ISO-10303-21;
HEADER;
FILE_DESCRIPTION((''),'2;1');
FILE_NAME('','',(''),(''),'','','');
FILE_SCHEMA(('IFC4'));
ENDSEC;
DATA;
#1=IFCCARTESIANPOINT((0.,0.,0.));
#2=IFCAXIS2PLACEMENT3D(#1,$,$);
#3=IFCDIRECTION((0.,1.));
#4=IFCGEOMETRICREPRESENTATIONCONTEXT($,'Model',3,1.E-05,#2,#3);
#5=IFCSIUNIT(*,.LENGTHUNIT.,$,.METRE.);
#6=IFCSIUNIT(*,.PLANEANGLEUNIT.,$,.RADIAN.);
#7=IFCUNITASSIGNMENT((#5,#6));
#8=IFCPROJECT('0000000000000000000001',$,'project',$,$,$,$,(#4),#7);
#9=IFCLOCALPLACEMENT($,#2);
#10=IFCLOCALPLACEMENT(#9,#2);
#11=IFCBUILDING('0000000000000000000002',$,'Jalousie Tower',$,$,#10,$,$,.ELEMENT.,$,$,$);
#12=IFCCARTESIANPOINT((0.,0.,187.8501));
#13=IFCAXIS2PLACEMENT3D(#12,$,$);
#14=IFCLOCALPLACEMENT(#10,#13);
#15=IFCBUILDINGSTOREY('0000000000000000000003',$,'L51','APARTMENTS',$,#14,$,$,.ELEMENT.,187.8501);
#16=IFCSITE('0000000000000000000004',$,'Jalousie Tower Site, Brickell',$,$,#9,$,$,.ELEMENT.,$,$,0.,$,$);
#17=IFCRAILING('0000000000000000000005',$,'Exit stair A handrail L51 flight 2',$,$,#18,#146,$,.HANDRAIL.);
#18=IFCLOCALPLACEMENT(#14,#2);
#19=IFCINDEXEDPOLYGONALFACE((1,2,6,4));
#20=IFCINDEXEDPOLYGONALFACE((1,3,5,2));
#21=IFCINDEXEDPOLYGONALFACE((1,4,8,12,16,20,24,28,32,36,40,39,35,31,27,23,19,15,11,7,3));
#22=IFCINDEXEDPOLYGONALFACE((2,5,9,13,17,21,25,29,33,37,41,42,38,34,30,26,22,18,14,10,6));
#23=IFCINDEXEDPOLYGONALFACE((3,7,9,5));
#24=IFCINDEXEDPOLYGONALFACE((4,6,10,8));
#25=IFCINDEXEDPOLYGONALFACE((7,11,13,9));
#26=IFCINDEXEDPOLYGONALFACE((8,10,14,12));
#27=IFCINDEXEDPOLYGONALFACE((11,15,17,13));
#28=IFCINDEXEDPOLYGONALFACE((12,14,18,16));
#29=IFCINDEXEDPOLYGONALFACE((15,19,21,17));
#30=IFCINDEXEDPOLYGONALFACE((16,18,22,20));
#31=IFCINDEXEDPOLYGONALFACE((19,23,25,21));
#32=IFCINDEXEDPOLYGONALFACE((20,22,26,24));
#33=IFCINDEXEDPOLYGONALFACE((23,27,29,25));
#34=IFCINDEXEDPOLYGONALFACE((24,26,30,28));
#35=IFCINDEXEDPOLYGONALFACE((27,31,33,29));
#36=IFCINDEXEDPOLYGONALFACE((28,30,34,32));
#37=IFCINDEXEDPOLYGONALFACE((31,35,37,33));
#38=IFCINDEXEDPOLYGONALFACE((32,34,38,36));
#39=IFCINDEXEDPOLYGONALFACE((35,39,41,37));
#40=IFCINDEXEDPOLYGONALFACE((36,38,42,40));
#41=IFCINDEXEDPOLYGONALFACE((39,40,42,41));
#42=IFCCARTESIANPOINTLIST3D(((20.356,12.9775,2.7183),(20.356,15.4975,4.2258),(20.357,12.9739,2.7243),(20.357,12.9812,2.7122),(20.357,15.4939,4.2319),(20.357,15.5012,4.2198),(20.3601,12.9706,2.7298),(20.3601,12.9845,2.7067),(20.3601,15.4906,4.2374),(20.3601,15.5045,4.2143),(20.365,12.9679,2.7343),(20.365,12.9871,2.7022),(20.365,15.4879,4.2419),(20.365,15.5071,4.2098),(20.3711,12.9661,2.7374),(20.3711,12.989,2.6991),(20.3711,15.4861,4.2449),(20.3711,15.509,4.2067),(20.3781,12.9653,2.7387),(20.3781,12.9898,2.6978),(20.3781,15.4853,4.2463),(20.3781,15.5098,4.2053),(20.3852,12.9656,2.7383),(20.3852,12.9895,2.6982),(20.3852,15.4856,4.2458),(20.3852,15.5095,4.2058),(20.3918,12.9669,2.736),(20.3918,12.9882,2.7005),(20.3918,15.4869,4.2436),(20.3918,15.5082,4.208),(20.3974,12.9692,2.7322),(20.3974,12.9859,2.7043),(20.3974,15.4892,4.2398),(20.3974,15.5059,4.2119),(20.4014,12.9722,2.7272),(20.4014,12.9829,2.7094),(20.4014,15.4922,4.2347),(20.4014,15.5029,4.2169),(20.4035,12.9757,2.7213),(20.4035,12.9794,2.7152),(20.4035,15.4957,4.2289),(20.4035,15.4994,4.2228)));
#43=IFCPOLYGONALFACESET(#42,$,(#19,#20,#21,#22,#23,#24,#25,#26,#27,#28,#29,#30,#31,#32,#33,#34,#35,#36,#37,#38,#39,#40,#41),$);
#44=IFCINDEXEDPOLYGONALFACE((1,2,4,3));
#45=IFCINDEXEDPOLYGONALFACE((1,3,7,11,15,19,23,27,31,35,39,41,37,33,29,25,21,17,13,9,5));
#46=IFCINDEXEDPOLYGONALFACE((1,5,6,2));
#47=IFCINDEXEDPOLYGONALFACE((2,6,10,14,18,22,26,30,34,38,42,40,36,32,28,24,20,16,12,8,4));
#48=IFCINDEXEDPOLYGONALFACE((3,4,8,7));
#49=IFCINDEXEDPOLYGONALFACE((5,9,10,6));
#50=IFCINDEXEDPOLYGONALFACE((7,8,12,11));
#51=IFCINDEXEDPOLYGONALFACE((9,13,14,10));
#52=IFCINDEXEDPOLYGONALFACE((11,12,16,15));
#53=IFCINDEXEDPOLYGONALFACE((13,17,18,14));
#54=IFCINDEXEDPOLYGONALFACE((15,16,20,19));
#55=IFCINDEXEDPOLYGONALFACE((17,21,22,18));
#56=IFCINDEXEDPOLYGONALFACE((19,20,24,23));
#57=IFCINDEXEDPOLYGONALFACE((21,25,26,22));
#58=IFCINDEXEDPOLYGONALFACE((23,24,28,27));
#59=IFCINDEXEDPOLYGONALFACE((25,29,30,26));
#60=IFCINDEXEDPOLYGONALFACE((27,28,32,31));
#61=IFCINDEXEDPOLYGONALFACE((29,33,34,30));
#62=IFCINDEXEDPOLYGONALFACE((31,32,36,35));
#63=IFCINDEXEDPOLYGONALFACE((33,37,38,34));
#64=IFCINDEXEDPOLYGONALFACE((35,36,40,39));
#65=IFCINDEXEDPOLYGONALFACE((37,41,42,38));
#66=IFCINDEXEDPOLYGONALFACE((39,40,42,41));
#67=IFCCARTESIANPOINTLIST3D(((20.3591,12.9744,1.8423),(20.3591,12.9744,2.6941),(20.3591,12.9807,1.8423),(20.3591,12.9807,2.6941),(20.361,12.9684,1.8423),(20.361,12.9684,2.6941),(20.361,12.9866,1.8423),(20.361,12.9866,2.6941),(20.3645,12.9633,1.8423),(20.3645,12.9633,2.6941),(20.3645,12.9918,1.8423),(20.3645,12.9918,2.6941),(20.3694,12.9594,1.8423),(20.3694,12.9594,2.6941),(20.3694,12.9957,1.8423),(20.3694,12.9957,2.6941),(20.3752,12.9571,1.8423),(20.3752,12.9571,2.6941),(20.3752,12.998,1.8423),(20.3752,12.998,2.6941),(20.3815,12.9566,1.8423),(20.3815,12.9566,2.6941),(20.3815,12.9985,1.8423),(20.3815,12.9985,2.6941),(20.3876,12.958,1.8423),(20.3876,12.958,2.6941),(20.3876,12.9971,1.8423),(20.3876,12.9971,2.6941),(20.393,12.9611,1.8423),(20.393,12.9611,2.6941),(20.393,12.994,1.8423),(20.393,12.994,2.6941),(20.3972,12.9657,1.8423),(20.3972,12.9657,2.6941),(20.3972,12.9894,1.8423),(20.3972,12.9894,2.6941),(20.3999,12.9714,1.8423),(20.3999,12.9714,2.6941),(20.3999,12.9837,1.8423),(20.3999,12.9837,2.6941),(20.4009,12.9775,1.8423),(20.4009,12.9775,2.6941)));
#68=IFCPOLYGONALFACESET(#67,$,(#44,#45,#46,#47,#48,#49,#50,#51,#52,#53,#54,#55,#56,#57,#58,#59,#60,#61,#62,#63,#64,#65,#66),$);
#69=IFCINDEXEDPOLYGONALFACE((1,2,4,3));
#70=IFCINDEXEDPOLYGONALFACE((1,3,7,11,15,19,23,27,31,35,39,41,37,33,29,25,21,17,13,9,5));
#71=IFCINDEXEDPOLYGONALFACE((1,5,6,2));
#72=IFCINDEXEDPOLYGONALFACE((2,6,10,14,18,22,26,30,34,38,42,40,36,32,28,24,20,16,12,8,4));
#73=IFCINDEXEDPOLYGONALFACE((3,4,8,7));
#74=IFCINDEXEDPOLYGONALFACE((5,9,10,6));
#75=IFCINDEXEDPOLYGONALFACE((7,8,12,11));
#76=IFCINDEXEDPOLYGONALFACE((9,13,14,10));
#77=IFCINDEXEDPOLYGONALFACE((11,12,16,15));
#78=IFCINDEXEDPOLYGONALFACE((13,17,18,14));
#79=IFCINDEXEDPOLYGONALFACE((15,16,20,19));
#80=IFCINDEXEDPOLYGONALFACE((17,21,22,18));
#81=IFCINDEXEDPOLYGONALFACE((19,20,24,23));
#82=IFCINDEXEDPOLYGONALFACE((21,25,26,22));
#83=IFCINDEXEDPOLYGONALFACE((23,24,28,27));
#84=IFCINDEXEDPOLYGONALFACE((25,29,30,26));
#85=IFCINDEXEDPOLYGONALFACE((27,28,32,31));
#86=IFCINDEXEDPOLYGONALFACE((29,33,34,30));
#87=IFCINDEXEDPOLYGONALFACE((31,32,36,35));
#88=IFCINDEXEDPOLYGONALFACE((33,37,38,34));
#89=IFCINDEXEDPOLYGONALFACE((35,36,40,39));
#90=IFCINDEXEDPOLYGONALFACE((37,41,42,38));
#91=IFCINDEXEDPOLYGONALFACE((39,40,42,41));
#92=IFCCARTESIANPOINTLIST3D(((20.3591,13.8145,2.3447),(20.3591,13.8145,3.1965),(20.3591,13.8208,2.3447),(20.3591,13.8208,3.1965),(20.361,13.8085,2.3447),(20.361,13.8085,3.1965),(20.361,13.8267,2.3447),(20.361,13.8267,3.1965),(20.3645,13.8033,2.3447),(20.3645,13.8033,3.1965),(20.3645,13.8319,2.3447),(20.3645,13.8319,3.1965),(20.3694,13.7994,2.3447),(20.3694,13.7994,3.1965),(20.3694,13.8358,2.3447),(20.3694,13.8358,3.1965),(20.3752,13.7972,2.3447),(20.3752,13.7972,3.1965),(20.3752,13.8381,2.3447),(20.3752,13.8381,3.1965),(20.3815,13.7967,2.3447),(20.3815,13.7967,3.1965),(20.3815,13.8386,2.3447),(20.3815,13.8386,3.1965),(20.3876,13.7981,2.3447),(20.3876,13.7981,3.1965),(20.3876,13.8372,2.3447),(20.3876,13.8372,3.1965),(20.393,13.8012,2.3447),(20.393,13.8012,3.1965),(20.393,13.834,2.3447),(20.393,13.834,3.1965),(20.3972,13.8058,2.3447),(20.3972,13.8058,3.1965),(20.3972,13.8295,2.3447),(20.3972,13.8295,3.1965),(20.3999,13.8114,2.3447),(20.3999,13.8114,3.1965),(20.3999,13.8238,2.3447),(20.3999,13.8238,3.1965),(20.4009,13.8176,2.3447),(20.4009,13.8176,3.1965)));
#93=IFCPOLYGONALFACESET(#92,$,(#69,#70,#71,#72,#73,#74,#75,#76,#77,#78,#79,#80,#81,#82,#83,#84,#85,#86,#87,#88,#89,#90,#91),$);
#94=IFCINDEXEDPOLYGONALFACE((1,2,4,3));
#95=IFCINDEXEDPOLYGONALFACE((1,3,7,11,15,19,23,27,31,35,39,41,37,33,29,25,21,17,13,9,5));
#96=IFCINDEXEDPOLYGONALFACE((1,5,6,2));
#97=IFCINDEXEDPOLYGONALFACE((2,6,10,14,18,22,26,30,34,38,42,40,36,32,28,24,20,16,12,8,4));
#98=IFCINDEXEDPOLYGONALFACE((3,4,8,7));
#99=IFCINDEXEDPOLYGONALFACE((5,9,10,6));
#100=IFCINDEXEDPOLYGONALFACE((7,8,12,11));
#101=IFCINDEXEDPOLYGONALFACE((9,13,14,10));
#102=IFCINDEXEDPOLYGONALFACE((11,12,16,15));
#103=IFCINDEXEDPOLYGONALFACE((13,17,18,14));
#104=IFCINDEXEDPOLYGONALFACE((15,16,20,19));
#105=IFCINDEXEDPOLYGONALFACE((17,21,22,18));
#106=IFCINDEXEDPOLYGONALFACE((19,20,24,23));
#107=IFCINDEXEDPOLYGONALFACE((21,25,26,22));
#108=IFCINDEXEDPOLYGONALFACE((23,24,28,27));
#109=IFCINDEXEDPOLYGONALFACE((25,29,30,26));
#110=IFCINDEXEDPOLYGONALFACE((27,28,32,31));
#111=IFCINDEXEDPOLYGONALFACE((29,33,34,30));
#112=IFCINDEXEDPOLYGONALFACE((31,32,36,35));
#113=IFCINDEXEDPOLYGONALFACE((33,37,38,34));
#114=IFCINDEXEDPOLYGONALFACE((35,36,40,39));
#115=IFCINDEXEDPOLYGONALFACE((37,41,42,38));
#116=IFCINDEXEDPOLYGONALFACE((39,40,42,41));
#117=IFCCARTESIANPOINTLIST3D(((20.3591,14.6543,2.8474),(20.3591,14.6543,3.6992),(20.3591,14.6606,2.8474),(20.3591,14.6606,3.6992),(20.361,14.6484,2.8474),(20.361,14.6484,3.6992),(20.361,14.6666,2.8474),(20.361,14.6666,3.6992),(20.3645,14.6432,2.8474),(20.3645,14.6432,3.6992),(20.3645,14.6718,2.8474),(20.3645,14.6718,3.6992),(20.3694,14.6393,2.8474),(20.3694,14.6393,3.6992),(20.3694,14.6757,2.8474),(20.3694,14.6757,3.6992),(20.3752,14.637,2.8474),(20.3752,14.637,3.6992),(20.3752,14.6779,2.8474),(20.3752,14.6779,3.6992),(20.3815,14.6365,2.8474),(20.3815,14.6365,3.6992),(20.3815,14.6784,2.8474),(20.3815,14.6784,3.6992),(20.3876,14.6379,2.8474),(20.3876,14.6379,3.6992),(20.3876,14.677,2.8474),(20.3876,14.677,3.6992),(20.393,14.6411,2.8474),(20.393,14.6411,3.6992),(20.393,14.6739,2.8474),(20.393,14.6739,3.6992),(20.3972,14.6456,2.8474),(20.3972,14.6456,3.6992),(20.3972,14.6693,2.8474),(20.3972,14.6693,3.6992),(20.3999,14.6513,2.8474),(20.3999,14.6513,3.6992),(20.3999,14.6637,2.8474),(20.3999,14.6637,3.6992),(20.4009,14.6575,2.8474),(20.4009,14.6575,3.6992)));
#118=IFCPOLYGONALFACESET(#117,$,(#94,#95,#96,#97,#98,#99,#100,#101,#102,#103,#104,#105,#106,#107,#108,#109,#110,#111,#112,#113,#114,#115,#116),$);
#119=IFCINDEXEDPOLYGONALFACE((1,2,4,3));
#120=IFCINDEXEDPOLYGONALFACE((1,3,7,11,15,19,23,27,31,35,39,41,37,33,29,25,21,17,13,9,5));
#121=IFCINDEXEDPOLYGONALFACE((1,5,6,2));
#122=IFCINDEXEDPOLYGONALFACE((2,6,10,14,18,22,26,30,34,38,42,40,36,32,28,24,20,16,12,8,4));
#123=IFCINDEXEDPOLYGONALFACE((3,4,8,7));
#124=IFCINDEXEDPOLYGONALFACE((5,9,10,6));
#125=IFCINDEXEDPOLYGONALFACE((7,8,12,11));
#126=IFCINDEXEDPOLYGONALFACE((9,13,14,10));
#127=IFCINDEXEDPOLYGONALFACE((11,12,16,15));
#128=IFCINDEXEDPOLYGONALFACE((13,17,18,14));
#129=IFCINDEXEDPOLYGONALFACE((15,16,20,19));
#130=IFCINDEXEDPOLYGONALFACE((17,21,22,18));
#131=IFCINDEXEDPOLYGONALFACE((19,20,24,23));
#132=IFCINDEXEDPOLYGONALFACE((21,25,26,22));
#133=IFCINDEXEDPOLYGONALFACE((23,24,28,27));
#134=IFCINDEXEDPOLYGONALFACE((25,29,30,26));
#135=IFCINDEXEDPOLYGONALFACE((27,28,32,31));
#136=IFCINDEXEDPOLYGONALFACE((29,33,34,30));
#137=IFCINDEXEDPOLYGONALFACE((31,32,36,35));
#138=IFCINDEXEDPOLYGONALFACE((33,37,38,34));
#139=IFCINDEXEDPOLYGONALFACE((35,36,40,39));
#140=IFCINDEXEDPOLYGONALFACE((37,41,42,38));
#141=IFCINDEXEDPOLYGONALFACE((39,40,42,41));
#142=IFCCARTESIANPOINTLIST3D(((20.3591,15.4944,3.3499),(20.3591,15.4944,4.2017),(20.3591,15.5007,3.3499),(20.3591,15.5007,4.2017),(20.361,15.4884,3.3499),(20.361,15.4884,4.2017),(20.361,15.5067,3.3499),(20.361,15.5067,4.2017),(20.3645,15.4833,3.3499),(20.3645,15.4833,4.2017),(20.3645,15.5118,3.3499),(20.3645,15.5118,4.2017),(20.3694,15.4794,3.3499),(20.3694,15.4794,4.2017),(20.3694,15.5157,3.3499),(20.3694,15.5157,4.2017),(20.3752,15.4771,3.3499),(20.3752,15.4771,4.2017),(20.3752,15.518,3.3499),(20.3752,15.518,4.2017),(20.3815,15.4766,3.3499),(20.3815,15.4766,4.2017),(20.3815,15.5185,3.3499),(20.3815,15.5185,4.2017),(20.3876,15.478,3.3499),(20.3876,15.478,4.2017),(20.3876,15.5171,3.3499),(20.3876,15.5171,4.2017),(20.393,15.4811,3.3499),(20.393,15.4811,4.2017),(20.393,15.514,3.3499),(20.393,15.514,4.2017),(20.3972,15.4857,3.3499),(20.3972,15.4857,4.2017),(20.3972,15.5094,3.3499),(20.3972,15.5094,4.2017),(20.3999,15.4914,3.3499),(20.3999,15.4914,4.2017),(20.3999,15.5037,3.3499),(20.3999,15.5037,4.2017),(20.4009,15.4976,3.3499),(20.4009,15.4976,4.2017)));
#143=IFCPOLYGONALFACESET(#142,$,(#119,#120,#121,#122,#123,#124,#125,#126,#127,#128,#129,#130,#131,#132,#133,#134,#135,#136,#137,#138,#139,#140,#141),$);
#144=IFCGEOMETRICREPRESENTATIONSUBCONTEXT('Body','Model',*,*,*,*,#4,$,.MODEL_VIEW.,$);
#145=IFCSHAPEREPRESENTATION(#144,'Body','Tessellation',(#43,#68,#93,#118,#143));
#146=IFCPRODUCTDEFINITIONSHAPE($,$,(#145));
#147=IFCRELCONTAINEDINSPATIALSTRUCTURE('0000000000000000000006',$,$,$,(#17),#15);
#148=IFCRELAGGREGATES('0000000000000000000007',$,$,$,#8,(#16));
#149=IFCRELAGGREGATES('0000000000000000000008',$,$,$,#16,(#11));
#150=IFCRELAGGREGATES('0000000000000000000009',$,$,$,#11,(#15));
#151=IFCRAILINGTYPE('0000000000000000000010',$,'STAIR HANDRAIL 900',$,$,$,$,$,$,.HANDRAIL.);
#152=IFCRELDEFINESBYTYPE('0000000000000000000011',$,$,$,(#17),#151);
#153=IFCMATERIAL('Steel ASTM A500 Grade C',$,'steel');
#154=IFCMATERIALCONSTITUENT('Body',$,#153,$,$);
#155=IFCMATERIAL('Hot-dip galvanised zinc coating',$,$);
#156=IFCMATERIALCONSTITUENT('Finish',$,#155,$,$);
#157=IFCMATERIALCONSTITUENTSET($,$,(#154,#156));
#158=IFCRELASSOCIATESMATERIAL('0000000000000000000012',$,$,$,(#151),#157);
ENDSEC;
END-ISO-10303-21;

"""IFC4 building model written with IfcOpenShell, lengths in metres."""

from ifc_helpers import new_model, si_unit, direction, frame, origin, origin_2d, place, context, subcontext, project, spatial, circle, extrude, material, constituent, constituent_set, type_object, element, save


model = new_model("IFC4")

# Units and contexts
model_context = context("Model", 3, precision=1e-05, world=origin(), true_north=direction((0.0, 1.0)))
body_context = subcontext(model_context, "Body", "Model", "MODEL_VIEW")
ifc_project = project(units=[si_unit("LENGTHUNIT", "METRE"), si_unit("PLANEANGLEUNIT", "RADIAN")], contexts=[model_context])

# Site, building, storey
site_placement = place(None, origin())
site = spatial("IfcSite", under=ifc_project, at=site_placement, Name="Jalousie Tower Site, Brickell", CompositionType="ELEMENT", RefElevation=0.0)
building_placement = place(site_placement, origin())
building = spatial("IfcBuilding", under=site, at=building_placement, Name="Jalousie Tower", CompositionType="ELEMENT")
storey_placement = place(building_placement, frame((0.0, 0.0, 187.8501)))
storey = spatial("IfcBuildingStorey", under=building, at=storey_placement, Name="L51", Description="APARTMENTS", CompositionType="ELEMENT", Elevation=187.8501)

# Railing
ifc_material_1 = material(Name="Steel ASTM A500 Grade C", Category="steel")
ifc_constituent_1 = constituent(ifc_material_1, Name="Body")
ifc_material_2 = material(Name="Hot-dip galvanised zinc coating")
ifc_constituent_2 = constituent(ifc_material_2, Name="Finish")
ifc_constituent_set_1 = constituent_set(constituents=[ifc_constituent_1, ifc_constituent_2])
railing_type_1 = type_object("IfcRailingType", Name="STAIR HANDRAIL 900", PredefinedType="HANDRAIL", material=ifc_constituent_set_1)
railing_1_placement = place(storey_placement, frame((20.3799, 12.9775, 1.8423)))
element("IfcRailing", 1, at=railing_1_placement, inside=storey, type_object=railing_type_1, Name="Exit stair A handrail L51 flight 2", PredefinedType="HANDRAIL", context=body_context, shape_type="SweptSolid", body=[
    extrude(circle(Radius=0.0239, at=origin_2d()), frame((0.0, 0.0, 0.876), z_axis=(0.0, 0.85816, 0.513383), x_axis=(-1.0, 0.0, 0.0)), (0.0, 0.0, 1.0), 2.9365),
    extrude(circle(Radius=0.021, at=origin_2d()), origin(), (0.0, 0.0, 1.0), 0.8518),
    extrude(circle(Radius=0.021, at=origin_2d()), frame((0.0, 0.8401, 0.5024)), (0.0, 0.0, 1.0), 0.8518),
    extrude(circle(Radius=0.021, at=origin_2d()), frame((0.0, 1.6799, 1.0051)), (0.0, 0.0, 1.0), 0.8518),
    extrude(circle(Radius=0.021, at=origin_2d()), frame((0.0, 2.52, 1.5076)), (0.0, 0.0, 1.0), 0.8518),
])

save(model, "model.ifc")
